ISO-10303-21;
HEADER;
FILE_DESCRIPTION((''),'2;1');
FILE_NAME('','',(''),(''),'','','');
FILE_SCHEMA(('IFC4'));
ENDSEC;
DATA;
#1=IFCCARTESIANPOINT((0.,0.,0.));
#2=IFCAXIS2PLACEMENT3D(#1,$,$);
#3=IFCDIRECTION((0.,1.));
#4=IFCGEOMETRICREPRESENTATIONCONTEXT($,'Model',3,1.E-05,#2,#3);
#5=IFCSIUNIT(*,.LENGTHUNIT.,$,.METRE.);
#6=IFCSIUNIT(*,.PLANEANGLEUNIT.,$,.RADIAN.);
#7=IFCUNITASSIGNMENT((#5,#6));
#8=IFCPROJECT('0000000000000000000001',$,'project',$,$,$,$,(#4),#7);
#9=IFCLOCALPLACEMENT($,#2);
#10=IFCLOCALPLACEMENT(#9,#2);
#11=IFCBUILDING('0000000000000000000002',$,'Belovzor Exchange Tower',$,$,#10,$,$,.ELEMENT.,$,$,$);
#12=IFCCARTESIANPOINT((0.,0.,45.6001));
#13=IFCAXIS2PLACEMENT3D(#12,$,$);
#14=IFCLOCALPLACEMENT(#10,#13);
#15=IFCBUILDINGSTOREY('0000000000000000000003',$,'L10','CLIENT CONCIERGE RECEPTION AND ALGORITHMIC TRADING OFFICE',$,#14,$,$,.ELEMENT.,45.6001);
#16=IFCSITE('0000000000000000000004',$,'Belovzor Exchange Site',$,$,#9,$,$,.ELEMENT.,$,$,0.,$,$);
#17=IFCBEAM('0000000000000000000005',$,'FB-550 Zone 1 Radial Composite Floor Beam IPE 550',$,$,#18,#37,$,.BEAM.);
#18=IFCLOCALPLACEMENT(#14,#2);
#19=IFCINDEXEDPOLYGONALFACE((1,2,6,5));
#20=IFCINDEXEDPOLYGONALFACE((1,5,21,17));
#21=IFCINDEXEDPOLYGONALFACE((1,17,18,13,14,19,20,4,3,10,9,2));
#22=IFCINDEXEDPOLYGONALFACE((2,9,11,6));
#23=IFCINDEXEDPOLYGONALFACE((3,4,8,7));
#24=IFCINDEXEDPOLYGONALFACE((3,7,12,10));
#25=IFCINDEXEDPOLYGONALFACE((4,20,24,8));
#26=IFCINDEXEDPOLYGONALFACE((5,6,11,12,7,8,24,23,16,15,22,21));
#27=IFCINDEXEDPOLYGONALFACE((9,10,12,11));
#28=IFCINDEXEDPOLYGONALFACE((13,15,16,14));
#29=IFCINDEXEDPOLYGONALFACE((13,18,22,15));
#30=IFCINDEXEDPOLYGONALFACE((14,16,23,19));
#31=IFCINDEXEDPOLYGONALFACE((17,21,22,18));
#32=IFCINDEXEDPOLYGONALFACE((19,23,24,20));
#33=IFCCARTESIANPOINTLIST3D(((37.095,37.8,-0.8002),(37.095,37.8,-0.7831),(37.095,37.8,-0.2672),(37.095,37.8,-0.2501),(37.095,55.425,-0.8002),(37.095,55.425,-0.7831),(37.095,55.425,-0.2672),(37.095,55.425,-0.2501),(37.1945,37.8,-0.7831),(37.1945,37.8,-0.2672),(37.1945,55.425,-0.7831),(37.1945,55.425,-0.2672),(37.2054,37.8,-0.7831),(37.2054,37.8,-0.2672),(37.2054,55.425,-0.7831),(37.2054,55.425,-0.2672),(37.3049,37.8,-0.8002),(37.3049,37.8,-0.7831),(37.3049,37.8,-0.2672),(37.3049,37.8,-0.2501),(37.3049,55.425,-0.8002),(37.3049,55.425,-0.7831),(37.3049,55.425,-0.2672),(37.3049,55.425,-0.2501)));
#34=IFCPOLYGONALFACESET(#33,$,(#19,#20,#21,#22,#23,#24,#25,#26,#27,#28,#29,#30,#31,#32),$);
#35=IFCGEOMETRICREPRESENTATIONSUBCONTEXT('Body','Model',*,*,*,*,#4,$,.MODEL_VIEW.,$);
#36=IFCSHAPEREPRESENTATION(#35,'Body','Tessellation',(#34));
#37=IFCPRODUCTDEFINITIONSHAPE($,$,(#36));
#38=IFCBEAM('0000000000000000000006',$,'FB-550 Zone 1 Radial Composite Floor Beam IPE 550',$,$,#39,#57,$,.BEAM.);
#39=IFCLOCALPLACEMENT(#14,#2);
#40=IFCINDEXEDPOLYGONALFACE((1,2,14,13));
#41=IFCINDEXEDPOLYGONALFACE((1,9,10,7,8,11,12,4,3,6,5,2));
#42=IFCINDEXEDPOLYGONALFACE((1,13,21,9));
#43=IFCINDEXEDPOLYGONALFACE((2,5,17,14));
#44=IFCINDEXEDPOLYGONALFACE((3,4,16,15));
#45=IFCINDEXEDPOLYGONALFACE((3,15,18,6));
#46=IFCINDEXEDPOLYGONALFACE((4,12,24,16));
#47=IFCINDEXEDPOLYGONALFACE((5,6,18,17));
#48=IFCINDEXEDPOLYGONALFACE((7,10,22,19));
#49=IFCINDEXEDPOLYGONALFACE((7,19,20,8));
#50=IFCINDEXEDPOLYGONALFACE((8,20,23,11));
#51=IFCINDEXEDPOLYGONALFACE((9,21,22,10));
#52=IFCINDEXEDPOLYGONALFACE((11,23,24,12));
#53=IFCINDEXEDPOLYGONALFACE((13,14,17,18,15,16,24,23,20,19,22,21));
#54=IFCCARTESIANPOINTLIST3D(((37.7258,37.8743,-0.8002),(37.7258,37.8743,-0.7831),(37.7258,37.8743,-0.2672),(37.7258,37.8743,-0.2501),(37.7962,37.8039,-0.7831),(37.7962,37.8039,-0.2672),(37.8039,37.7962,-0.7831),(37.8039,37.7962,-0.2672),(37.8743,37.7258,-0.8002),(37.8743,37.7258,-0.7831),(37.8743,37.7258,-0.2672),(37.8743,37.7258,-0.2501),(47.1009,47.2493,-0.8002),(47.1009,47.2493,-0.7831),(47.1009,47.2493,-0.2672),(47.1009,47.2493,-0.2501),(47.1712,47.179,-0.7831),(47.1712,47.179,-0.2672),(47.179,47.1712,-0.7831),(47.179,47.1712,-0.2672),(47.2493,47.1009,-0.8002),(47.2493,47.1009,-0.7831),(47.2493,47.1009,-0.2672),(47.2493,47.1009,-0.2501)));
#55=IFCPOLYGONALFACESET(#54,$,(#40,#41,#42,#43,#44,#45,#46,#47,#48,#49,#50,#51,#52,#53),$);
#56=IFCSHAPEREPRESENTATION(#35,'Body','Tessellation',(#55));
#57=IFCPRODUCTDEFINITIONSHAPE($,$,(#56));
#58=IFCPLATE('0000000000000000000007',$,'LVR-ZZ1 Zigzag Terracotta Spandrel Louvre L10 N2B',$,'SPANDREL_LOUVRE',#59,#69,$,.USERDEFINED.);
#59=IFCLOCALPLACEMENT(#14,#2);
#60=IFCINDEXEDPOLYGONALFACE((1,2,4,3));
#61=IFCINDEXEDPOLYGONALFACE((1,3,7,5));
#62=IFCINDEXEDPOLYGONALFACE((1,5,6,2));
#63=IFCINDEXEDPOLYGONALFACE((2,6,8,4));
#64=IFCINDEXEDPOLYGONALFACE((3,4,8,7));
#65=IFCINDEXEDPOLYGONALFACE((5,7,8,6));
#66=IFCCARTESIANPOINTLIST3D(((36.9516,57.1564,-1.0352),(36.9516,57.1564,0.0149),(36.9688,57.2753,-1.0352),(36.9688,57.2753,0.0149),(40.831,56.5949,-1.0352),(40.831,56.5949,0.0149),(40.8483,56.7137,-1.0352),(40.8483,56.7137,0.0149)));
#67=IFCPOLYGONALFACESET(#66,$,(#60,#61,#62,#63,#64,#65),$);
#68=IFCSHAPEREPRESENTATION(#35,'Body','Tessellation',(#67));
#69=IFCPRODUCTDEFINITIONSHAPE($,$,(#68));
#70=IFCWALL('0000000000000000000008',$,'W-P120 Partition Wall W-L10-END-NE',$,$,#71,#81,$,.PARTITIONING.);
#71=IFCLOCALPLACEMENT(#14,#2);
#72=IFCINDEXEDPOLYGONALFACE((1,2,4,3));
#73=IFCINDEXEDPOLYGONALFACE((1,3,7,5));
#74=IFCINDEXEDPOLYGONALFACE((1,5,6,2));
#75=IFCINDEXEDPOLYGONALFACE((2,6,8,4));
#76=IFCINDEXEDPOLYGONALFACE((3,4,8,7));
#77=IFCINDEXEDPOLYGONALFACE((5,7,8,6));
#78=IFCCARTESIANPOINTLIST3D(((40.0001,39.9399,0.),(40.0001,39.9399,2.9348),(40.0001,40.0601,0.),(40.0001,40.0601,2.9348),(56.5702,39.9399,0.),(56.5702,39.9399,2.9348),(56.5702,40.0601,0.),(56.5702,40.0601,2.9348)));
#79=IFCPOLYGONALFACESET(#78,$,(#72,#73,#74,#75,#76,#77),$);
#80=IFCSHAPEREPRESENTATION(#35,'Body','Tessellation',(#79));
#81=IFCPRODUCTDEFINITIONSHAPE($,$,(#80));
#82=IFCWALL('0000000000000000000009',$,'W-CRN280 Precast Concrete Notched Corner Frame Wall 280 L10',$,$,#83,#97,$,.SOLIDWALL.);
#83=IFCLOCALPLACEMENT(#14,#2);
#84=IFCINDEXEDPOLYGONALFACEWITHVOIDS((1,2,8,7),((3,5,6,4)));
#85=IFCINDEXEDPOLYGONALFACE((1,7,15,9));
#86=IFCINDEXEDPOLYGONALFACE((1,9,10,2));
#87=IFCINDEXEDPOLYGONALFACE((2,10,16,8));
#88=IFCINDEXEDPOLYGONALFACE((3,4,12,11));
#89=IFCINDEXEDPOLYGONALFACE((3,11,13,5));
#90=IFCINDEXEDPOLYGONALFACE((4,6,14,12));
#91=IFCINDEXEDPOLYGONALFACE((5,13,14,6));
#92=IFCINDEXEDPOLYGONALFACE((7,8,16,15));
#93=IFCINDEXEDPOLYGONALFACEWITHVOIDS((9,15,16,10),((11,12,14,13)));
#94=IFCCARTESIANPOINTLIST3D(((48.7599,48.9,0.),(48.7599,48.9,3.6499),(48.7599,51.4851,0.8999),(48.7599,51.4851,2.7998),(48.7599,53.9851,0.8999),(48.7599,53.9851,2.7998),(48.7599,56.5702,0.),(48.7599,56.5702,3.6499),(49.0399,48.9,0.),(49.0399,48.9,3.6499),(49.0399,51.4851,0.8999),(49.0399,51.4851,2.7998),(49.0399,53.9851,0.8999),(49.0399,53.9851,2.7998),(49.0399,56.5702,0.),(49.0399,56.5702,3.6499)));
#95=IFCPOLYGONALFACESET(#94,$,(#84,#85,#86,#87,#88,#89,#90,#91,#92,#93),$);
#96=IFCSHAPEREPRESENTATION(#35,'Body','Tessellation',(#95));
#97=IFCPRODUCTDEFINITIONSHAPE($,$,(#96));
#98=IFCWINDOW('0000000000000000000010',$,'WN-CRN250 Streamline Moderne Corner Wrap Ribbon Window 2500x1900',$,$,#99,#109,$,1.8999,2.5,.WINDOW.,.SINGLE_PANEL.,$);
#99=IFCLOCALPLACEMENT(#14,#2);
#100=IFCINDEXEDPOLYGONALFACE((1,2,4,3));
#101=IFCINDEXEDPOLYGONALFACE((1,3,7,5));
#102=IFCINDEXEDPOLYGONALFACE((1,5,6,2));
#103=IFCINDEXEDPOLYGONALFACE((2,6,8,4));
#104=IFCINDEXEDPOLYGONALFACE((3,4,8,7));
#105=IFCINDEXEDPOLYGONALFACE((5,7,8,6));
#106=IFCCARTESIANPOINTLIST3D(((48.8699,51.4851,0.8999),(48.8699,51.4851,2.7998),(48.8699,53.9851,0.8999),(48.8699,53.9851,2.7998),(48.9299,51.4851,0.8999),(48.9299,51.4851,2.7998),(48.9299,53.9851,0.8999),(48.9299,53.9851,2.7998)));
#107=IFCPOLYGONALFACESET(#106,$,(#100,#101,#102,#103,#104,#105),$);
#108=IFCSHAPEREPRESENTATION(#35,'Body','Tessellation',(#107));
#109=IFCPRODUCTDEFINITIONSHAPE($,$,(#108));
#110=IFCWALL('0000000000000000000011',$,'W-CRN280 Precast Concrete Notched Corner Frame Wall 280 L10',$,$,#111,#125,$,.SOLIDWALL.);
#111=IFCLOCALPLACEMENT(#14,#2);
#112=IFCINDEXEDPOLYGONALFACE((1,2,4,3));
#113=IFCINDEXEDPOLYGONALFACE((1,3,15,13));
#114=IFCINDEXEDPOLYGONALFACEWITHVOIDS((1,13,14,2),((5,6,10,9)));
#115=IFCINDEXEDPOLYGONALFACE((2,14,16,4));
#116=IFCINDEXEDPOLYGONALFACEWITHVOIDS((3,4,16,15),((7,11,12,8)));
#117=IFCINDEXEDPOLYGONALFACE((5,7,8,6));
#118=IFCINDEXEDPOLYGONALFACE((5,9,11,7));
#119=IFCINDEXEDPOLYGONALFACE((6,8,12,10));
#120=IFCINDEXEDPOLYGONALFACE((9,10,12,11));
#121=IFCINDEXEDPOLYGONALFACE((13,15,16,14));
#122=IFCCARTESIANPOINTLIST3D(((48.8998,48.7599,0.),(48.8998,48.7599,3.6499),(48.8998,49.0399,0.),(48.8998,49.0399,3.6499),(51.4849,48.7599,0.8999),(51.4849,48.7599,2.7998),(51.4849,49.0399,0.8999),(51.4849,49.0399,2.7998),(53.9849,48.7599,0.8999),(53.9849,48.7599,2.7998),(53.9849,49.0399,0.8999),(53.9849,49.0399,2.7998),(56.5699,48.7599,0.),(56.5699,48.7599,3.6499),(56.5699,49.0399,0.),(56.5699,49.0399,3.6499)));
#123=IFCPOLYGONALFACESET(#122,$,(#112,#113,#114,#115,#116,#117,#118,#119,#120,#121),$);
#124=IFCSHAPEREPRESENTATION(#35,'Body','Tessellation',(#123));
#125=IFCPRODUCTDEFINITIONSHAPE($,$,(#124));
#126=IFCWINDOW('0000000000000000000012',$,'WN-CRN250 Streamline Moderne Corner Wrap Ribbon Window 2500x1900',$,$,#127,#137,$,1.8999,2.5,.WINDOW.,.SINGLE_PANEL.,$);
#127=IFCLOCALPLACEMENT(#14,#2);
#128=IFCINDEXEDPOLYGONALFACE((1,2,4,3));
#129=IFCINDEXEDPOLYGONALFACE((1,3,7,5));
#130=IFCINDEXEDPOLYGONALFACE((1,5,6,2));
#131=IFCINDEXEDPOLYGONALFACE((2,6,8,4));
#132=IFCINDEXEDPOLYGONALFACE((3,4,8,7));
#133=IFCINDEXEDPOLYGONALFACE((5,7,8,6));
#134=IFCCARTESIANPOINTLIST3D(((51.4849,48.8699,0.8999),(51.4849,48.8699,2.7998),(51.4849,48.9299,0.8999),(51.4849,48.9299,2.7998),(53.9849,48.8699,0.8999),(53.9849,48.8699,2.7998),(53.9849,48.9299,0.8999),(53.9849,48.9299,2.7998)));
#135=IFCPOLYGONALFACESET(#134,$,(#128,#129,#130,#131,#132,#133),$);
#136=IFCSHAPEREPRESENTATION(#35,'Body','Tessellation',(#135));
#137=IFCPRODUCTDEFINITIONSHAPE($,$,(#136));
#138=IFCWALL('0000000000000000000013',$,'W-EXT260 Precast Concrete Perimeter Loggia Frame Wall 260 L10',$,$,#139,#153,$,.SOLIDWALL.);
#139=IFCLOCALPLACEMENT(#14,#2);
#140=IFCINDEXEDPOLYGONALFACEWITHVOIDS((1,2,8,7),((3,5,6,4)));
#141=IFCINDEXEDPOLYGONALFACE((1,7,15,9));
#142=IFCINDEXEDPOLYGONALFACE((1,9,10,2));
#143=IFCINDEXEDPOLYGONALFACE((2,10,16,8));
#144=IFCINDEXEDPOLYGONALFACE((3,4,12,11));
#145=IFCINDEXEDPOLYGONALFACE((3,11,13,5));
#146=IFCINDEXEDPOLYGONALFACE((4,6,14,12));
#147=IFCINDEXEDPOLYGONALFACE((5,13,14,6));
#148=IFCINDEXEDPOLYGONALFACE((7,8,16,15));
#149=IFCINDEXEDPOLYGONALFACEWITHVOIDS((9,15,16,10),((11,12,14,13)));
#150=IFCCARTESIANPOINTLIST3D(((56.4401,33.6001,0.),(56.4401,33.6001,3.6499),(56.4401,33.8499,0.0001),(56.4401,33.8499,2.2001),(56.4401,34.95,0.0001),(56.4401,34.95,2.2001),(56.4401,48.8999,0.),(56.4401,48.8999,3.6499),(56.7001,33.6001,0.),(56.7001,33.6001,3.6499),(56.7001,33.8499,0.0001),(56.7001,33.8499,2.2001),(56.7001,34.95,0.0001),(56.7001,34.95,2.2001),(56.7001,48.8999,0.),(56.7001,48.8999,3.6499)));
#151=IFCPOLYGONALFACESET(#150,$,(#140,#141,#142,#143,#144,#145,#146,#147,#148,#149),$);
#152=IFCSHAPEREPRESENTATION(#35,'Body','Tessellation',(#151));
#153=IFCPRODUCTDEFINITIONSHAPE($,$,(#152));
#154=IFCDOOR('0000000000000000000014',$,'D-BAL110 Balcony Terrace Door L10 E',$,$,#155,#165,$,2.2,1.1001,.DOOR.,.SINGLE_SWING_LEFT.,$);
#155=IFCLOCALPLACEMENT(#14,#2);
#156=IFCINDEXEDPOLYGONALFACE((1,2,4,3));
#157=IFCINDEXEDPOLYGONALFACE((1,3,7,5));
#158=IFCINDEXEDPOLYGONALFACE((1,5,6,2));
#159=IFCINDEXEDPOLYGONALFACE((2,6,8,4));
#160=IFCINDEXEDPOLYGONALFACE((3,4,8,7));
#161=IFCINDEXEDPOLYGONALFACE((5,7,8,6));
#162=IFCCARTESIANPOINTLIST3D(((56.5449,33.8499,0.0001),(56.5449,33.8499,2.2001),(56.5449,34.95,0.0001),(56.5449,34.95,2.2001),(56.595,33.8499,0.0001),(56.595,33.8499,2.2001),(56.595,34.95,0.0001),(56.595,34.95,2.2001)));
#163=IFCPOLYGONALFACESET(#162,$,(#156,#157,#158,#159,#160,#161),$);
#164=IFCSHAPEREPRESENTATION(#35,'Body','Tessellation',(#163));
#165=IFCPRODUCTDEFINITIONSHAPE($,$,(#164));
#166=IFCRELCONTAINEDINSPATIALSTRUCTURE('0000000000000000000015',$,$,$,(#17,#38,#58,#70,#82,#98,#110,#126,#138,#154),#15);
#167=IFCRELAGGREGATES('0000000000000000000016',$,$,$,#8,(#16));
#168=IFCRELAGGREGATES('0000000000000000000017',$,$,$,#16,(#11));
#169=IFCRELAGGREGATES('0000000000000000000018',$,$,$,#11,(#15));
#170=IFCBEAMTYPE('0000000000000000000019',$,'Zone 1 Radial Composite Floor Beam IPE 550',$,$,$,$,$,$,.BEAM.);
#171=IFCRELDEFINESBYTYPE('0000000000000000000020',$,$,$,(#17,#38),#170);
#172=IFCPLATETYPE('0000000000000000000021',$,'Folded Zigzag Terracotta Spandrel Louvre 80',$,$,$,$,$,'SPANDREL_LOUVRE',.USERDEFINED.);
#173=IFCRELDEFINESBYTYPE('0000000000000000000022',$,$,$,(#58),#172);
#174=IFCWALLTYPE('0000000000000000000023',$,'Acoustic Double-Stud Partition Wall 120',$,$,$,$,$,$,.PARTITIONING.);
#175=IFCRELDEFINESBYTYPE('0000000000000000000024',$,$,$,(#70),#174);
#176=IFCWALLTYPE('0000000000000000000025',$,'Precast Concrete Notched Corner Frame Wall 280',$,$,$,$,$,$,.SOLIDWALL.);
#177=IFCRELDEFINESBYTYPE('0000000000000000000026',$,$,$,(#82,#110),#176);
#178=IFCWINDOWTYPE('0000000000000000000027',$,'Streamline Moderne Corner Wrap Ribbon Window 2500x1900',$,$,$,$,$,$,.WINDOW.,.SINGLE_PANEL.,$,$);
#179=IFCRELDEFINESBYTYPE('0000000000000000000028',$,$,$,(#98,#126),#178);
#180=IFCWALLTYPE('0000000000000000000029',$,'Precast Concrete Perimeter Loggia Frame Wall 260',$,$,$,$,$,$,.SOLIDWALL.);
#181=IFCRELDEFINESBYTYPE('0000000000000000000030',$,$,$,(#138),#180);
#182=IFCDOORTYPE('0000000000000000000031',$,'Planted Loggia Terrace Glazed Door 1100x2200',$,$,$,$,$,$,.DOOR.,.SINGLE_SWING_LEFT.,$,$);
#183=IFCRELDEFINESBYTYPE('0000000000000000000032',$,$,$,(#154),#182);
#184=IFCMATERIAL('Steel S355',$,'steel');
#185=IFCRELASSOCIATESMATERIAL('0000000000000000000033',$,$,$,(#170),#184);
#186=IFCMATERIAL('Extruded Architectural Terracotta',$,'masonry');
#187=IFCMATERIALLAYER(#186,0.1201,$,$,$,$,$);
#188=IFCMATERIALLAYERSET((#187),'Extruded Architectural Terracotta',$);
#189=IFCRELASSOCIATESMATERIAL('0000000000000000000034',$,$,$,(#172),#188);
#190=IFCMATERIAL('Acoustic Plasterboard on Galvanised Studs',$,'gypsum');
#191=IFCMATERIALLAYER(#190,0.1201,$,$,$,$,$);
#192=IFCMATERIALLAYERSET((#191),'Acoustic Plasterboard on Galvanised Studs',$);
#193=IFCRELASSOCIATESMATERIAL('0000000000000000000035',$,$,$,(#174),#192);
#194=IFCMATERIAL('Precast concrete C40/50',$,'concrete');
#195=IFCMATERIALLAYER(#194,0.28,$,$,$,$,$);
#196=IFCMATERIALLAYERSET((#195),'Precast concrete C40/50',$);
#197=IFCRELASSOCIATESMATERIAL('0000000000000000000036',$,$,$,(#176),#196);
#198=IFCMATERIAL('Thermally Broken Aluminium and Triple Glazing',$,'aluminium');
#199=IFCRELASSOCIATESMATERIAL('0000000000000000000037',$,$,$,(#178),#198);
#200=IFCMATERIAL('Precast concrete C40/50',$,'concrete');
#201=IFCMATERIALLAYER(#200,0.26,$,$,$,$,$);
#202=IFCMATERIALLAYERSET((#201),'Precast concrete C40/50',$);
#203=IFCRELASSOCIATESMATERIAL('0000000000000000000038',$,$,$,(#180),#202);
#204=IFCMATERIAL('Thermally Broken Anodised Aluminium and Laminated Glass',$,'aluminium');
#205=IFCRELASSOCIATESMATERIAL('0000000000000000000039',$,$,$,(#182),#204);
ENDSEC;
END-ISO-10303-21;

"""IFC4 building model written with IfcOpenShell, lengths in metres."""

from ifc_helpers import new_model, si_unit, direction, frame, frame_2d, origin, origin_2d, place, context, subcontext, project, spatial, rectangle, i_section, extrude, material, layer, layer_set, material_profile, profile_set, type_object, element, fill, save


model = new_model("IFC4")

# Units and contexts
model_context = context("Model", 3, precision=1e-05, world=origin(), true_north=direction((0.0, 1.0)))
body_context = subcontext(model_context, "Body", "Model", "MODEL_VIEW")
ifc_project = project(units=[si_unit("LENGTHUNIT", "METRE"), si_unit("PLANEANGLEUNIT", "RADIAN")], contexts=[model_context])

# Site, building, storey
site_placement = place(None, origin())
site = spatial("IfcSite", under=ifc_project, at=site_placement, Name="Belovzor Exchange Site", CompositionType="ELEMENT", RefElevation=0.0)
building_placement = place(site_placement, origin())
building = spatial("IfcBuilding", under=site, at=building_placement, Name="Belovzor Exchange Tower", CompositionType="ELEMENT")
storey_placement = place(building_placement, frame((0.0, 0.0, 45.6001)))
storey = spatial("IfcBuildingStorey", under=building, at=storey_placement, Name="L10", Description="CLIENT CONCIERGE RECEPTION AND ALGORITHMIC TRADING OFFICE", CompositionType="ELEMENT", Elevation=45.6001)

# Beams
ifc_material_1 = material(Name="Steel S355", Category="steel")
ifc_material_profile_1 = material_profile(ifc_material_1, i_section(OverallWidth=0.21, OverallDepth=0.55, WebThickness=0.011, FlangeThickness=0.0171, at=origin_2d()))
ifc_profile_set_1 = profile_set([ifc_material_profile_1], Name="Steel S355")
beam_type_1 = type_object("IfcBeamType", Name="Zone 1 Radial Composite Floor Beam IPE 550", PredefinedType="BEAM", material=ifc_profile_set_1)
beam_1_placement = place(storey_placement, frame((37.2, 37.8, -0.5251), z_axis=(0.0, 1.0, 0.0), x_axis=(-1.0, 0.0, 0.0)))
element("IfcBeam", 1, at=beam_1_placement, inside=storey, type_object=beam_type_1, Name="FB-550 Zone 1 Radial Composite Floor Beam IPE 550", PredefinedType="BEAM", context=body_context, shape_type="SweptSolid", body=[
    extrude(i_section(OverallWidth=0.21, OverallDepth=0.55, WebThickness=0.011, FlangeThickness=0.0171, at=origin_2d()), origin(), (0.0, 0.0, 1.0), 17.625),
])
beam_2_placement = place(storey_placement, frame((37.8, 37.8, -0.5251), z_axis=(0.707107, 0.707107, 0.0), x_axis=(-0.707107, 0.707107, 0.0)))
element("IfcBeam", 2, at=beam_2_placement, inside=storey, type_object=beam_type_1, Name="FB-550 Zone 1 Radial Composite Floor Beam IPE 550", PredefinedType="BEAM", context=body_context, shape_type="SweptSolid", body=[
    extrude(i_section(OverallWidth=0.21, OverallDepth=0.55, WebThickness=0.011, FlangeThickness=0.0171, at=origin_2d()), origin(), (0.0, 0.0, 1.0), 13.2583),
])

# Plate
ifc_material_2 = material(Name="Extruded Architectural Terracotta", Category="masonry")
ifc_layer_1 = layer(ifc_material_2, 0.1201)
ifc_layer_set_1 = layer_set([ifc_layer_1], Name="Extruded Architectural Terracotta")
plate_type = type_object("IfcPlateType", Name="Folded Zigzag Terracotta Spandrel Louvre 80", ElementType="SPANDREL_LOUVRE", PredefinedType="USERDEFINED", material=ifc_layer_set_1)
plate_placement = place(storey_placement, frame((38.8999, 56.9351, -1.0352), z_axis=(0.0, 0.0, 1.0), x_axis=(0.989686, -0.143251, 0.0)))
element("IfcPlate", 3, at=plate_placement, inside=storey, type_object=plate_type, Name="LVR-ZZ1 Zigzag Terracotta Spandrel Louvre L10 N2B", ObjectType="SPANDREL_LOUVRE", PredefinedType="USERDEFINED", context=body_context, shape_type="SweptSolid", body=[
    extrude(rectangle(XDim=3.9199, YDim=0.1201, at=origin_2d()), origin(), (0.0, 0.0, 1.0), 1.05),
])

# Wall
ifc_material_3 = material(Name="Acoustic Plasterboard on Galvanised Studs", Category="gypsum")
ifc_layer_2 = layer(ifc_material_3, 0.1201)
ifc_layer_set_2 = layer_set([ifc_layer_2], Name="Acoustic Plasterboard on Galvanised Studs")
wall_type_1 = type_object("IfcWallType", Name="Acoustic Double-Stud Partition Wall 120", PredefinedType="PARTITIONING", material=ifc_layer_set_2)
wall_1_placement = place(storey_placement, frame((40.0, 40.0, 0.0), z_axis=(0.0, 0.0, 1.0), x_axis=(1.0, 0.0, 0.0)))
element("IfcWall", 4, at=wall_1_placement, inside=storey, type_object=wall_type_1, Name="W-P120 Partition Wall W-L10-END-NE", PredefinedType="PARTITIONING", context=body_context, shape_type="SweptSolid", body=[
    extrude(rectangle(XDim=16.5701, YDim=0.1201, at=frame_2d((8.2852, 0.0))), origin(), (0.0, 0.0, 1.0), 2.9348),
])

# Walls, openings, windows
ifc_material_4 = material(Name="Precast concrete C40/50", Category="concrete")
ifc_layer_3 = layer(ifc_material_4, 0.28)
ifc_layer_set_3 = layer_set([ifc_layer_3], Name="Precast concrete C40/50")
wall_type_2 = type_object("IfcWallType", Name="Precast Concrete Notched Corner Frame Wall 280", PredefinedType="SOLIDWALL", material=ifc_layer_set_3)
wall_2_placement = place(storey_placement, frame((48.8999, 56.5701, 0.0), z_axis=(0.0, 0.0, 1.0), x_axis=(0.0, -1.0, 0.0)))
wall_2 = element("IfcWall", 5, at=wall_2_placement, inside=storey, type_object=wall_type_2, Name="W-CRN280 Precast Concrete Notched Corner Frame Wall 280 L10", PredefinedType="SOLIDWALL", context=body_context, shape_type="SweptSolid", body=[
    extrude(rectangle(XDim=7.6702, YDim=0.28, at=frame_2d((3.835, 0.0))), origin(), (0.0, 0.0, 1.0), 3.6499),
])
opening_1_placement = place(wall_2_placement, frame((2.585, 0.0, 0.8999)))
opening_1 = element("IfcOpeningElement", 6, at=opening_1_placement, cuts=wall_2, PredefinedType="OPENING", context=body_context, shape_type="SweptSolid", body=[
    extrude(rectangle(XDim=2.5, YDim=1.8999, at=frame_2d((1.25, 0.95))), frame((0.0, 0.1499, 0.0), z_axis=(0.0, -1.0, 0.0), x_axis=(1.0, 0.0, 0.0)), (0.0, 0.0, 1.0), 0.3),
])
ifc_material_5 = material(Name="Thermally Broken Aluminium and Triple Glazing", Category="aluminium")
window_type = type_object("IfcWindowType", Name="Streamline Moderne Corner Wrap Ribbon Window 2500x1900", PartitioningType="SINGLE_PANEL", PredefinedType="WINDOW", material=ifc_material_5)
window_1_placement = place(opening_1_placement, origin())
window_1 = element("IfcWindow", 7, at=window_1_placement, inside=storey, type_object=window_type, Name="WN-CRN250 Streamline Moderne Corner Wrap Ribbon Window 2500x1900", OverallHeight=1.8999, OverallWidth=2.5, PartitioningType="SINGLE_PANEL", PredefinedType="WINDOW", context=body_context, shape_type="SweptSolid", body=[
    extrude(rectangle(XDim=2.5, YDim=1.8999, at=frame_2d((1.25, 0.95))), frame((0.0, 0.03, 0.0), z_axis=(0.0, -1.0, 0.0), x_axis=(1.0, 0.0, 0.0)), (0.0, 0.0, 1.0), 0.0601),
])
fill(opening_1, window_1)
wall_3_placement = place(storey_placement, frame((48.8999, 48.8999, 0.0), z_axis=(0.0, 0.0, 1.0), x_axis=(1.0, 0.0, 0.0)))
wall_3 = element("IfcWall", 8, at=wall_3_placement, inside=storey, type_object=wall_type_2, Name="W-CRN280 Precast Concrete Notched Corner Frame Wall 280 L10", PredefinedType="SOLIDWALL", context=body_context, shape_type="SweptSolid", body=[
    extrude(rectangle(XDim=7.6702, YDim=0.28, at=frame_2d((3.835, 0.0))), origin(), (0.0, 0.0, 1.0), 3.6499),
])
opening_2_placement = place(wall_3_placement, frame((2.585, 0.0, 0.8999)))
opening_2 = element("IfcOpeningElement", 9, at=opening_2_placement, cuts=wall_3, PredefinedType="OPENING", context=body_context, shape_type="SweptSolid", body=[
    extrude(rectangle(XDim=2.5, YDim=1.8999, at=frame_2d((1.25, 0.95))), frame((0.0, 0.1499, 0.0), z_axis=(0.0, -1.0, 0.0), x_axis=(1.0, 0.0, 0.0)), (0.0, 0.0, 1.0), 0.3),
])
window_2_placement = place(opening_2_placement, origin())
window_2 = element("IfcWindow", 10, at=window_2_placement, inside=storey, type_object=window_type, Name="WN-CRN250 Streamline Moderne Corner Wrap Ribbon Window 2500x1900", OverallHeight=1.8999, OverallWidth=2.5, PartitioningType="SINGLE_PANEL", PredefinedType="WINDOW", context=body_context, shape_type="SweptSolid", body=[
    extrude(rectangle(XDim=2.5, YDim=1.8999, at=frame_2d((1.25, 0.95))), frame((0.0, 0.03, 0.0), z_axis=(0.0, -1.0, 0.0), x_axis=(1.0, 0.0, 0.0)), (0.0, 0.0, 1.0), 0.0601),
])
fill(opening_2, window_2)

# Wall, opening, door
ifc_material_6 = material(Name="Precast concrete C40/50", Category="concrete")
ifc_layer_4 = layer(ifc_material_6, 0.26)
ifc_layer_set_4 = layer_set([ifc_layer_4], Name="Precast concrete C40/50")
wall_type_3 = type_object("IfcWallType", Name="Precast Concrete Perimeter Loggia Frame Wall 260", PredefinedType="SOLIDWALL", material=ifc_layer_set_4)
wall_4_placement = place(storey_placement, frame((56.5701, 48.8999, 0.0), z_axis=(0.0, 0.0, 1.0), x_axis=(0.0, -1.0, 0.0)))
wall_4 = element("IfcWall", 11, at=wall_4_placement, inside=storey, type_object=wall_type_3, Name="W-EXT260 Precast Concrete Perimeter Loggia Frame Wall 260 L10", PredefinedType="SOLIDWALL", context=body_context, shape_type="SweptSolid", body=[
    extrude(rectangle(XDim=15.2998, YDim=0.26, at=frame_2d((7.6499, 0.0))), origin(), (0.0, 0.0, 1.0), 3.6499),
])
opening_3_placement = place(wall_4_placement, frame((13.95, 0.0, 0.0)))
opening_3 = element("IfcOpeningElement", 12, at=opening_3_placement, cuts=wall_4, PredefinedType="OPENING", context=body_context, shape_type="SweptSolid", body=[
    extrude(rectangle(XDim=1.1001, YDim=2.2, at=frame_2d((0.55, 1.1001))), frame((0.0, 0.1399, 0.0), z_axis=(0.0, -1.0, 0.0), x_axis=(1.0, 0.0, 0.0)), (0.0, 0.0, 1.0), 0.28),
])
ifc_material_7 = material(Name="Thermally Broken Anodised Aluminium and Laminated Glass", Category="aluminium")
door_type = type_object("IfcDoorType", Name="Planted Loggia Terrace Glazed Door 1100x2200", OperationType="SINGLE_SWING_LEFT", PredefinedType="DOOR", material=ifc_material_7)
door_placement = place(opening_3_placement, origin())
door = element("IfcDoor", 13, at=door_placement, inside=storey, type_object=door_type, Name="D-BAL110 Balcony Terrace Door L10 E", OperationType="SINGLE_SWING_LEFT", OverallHeight=2.2, OverallWidth=1.1001, PredefinedType="DOOR", context=body_context, shape_type="SweptSolid", body=[
    extrude(rectangle(XDim=1.1001, YDim=2.2, at=frame_2d((0.55, 1.1001))), frame((0.0, 0.0249, 0.0), z_axis=(0.0, -1.0, 0.0), x_axis=(1.0, 0.0, 0.0)), (0.0, 0.0, 1.0), 0.05),
])
fill(opening_3, door)

save(model, "model.ifc")
